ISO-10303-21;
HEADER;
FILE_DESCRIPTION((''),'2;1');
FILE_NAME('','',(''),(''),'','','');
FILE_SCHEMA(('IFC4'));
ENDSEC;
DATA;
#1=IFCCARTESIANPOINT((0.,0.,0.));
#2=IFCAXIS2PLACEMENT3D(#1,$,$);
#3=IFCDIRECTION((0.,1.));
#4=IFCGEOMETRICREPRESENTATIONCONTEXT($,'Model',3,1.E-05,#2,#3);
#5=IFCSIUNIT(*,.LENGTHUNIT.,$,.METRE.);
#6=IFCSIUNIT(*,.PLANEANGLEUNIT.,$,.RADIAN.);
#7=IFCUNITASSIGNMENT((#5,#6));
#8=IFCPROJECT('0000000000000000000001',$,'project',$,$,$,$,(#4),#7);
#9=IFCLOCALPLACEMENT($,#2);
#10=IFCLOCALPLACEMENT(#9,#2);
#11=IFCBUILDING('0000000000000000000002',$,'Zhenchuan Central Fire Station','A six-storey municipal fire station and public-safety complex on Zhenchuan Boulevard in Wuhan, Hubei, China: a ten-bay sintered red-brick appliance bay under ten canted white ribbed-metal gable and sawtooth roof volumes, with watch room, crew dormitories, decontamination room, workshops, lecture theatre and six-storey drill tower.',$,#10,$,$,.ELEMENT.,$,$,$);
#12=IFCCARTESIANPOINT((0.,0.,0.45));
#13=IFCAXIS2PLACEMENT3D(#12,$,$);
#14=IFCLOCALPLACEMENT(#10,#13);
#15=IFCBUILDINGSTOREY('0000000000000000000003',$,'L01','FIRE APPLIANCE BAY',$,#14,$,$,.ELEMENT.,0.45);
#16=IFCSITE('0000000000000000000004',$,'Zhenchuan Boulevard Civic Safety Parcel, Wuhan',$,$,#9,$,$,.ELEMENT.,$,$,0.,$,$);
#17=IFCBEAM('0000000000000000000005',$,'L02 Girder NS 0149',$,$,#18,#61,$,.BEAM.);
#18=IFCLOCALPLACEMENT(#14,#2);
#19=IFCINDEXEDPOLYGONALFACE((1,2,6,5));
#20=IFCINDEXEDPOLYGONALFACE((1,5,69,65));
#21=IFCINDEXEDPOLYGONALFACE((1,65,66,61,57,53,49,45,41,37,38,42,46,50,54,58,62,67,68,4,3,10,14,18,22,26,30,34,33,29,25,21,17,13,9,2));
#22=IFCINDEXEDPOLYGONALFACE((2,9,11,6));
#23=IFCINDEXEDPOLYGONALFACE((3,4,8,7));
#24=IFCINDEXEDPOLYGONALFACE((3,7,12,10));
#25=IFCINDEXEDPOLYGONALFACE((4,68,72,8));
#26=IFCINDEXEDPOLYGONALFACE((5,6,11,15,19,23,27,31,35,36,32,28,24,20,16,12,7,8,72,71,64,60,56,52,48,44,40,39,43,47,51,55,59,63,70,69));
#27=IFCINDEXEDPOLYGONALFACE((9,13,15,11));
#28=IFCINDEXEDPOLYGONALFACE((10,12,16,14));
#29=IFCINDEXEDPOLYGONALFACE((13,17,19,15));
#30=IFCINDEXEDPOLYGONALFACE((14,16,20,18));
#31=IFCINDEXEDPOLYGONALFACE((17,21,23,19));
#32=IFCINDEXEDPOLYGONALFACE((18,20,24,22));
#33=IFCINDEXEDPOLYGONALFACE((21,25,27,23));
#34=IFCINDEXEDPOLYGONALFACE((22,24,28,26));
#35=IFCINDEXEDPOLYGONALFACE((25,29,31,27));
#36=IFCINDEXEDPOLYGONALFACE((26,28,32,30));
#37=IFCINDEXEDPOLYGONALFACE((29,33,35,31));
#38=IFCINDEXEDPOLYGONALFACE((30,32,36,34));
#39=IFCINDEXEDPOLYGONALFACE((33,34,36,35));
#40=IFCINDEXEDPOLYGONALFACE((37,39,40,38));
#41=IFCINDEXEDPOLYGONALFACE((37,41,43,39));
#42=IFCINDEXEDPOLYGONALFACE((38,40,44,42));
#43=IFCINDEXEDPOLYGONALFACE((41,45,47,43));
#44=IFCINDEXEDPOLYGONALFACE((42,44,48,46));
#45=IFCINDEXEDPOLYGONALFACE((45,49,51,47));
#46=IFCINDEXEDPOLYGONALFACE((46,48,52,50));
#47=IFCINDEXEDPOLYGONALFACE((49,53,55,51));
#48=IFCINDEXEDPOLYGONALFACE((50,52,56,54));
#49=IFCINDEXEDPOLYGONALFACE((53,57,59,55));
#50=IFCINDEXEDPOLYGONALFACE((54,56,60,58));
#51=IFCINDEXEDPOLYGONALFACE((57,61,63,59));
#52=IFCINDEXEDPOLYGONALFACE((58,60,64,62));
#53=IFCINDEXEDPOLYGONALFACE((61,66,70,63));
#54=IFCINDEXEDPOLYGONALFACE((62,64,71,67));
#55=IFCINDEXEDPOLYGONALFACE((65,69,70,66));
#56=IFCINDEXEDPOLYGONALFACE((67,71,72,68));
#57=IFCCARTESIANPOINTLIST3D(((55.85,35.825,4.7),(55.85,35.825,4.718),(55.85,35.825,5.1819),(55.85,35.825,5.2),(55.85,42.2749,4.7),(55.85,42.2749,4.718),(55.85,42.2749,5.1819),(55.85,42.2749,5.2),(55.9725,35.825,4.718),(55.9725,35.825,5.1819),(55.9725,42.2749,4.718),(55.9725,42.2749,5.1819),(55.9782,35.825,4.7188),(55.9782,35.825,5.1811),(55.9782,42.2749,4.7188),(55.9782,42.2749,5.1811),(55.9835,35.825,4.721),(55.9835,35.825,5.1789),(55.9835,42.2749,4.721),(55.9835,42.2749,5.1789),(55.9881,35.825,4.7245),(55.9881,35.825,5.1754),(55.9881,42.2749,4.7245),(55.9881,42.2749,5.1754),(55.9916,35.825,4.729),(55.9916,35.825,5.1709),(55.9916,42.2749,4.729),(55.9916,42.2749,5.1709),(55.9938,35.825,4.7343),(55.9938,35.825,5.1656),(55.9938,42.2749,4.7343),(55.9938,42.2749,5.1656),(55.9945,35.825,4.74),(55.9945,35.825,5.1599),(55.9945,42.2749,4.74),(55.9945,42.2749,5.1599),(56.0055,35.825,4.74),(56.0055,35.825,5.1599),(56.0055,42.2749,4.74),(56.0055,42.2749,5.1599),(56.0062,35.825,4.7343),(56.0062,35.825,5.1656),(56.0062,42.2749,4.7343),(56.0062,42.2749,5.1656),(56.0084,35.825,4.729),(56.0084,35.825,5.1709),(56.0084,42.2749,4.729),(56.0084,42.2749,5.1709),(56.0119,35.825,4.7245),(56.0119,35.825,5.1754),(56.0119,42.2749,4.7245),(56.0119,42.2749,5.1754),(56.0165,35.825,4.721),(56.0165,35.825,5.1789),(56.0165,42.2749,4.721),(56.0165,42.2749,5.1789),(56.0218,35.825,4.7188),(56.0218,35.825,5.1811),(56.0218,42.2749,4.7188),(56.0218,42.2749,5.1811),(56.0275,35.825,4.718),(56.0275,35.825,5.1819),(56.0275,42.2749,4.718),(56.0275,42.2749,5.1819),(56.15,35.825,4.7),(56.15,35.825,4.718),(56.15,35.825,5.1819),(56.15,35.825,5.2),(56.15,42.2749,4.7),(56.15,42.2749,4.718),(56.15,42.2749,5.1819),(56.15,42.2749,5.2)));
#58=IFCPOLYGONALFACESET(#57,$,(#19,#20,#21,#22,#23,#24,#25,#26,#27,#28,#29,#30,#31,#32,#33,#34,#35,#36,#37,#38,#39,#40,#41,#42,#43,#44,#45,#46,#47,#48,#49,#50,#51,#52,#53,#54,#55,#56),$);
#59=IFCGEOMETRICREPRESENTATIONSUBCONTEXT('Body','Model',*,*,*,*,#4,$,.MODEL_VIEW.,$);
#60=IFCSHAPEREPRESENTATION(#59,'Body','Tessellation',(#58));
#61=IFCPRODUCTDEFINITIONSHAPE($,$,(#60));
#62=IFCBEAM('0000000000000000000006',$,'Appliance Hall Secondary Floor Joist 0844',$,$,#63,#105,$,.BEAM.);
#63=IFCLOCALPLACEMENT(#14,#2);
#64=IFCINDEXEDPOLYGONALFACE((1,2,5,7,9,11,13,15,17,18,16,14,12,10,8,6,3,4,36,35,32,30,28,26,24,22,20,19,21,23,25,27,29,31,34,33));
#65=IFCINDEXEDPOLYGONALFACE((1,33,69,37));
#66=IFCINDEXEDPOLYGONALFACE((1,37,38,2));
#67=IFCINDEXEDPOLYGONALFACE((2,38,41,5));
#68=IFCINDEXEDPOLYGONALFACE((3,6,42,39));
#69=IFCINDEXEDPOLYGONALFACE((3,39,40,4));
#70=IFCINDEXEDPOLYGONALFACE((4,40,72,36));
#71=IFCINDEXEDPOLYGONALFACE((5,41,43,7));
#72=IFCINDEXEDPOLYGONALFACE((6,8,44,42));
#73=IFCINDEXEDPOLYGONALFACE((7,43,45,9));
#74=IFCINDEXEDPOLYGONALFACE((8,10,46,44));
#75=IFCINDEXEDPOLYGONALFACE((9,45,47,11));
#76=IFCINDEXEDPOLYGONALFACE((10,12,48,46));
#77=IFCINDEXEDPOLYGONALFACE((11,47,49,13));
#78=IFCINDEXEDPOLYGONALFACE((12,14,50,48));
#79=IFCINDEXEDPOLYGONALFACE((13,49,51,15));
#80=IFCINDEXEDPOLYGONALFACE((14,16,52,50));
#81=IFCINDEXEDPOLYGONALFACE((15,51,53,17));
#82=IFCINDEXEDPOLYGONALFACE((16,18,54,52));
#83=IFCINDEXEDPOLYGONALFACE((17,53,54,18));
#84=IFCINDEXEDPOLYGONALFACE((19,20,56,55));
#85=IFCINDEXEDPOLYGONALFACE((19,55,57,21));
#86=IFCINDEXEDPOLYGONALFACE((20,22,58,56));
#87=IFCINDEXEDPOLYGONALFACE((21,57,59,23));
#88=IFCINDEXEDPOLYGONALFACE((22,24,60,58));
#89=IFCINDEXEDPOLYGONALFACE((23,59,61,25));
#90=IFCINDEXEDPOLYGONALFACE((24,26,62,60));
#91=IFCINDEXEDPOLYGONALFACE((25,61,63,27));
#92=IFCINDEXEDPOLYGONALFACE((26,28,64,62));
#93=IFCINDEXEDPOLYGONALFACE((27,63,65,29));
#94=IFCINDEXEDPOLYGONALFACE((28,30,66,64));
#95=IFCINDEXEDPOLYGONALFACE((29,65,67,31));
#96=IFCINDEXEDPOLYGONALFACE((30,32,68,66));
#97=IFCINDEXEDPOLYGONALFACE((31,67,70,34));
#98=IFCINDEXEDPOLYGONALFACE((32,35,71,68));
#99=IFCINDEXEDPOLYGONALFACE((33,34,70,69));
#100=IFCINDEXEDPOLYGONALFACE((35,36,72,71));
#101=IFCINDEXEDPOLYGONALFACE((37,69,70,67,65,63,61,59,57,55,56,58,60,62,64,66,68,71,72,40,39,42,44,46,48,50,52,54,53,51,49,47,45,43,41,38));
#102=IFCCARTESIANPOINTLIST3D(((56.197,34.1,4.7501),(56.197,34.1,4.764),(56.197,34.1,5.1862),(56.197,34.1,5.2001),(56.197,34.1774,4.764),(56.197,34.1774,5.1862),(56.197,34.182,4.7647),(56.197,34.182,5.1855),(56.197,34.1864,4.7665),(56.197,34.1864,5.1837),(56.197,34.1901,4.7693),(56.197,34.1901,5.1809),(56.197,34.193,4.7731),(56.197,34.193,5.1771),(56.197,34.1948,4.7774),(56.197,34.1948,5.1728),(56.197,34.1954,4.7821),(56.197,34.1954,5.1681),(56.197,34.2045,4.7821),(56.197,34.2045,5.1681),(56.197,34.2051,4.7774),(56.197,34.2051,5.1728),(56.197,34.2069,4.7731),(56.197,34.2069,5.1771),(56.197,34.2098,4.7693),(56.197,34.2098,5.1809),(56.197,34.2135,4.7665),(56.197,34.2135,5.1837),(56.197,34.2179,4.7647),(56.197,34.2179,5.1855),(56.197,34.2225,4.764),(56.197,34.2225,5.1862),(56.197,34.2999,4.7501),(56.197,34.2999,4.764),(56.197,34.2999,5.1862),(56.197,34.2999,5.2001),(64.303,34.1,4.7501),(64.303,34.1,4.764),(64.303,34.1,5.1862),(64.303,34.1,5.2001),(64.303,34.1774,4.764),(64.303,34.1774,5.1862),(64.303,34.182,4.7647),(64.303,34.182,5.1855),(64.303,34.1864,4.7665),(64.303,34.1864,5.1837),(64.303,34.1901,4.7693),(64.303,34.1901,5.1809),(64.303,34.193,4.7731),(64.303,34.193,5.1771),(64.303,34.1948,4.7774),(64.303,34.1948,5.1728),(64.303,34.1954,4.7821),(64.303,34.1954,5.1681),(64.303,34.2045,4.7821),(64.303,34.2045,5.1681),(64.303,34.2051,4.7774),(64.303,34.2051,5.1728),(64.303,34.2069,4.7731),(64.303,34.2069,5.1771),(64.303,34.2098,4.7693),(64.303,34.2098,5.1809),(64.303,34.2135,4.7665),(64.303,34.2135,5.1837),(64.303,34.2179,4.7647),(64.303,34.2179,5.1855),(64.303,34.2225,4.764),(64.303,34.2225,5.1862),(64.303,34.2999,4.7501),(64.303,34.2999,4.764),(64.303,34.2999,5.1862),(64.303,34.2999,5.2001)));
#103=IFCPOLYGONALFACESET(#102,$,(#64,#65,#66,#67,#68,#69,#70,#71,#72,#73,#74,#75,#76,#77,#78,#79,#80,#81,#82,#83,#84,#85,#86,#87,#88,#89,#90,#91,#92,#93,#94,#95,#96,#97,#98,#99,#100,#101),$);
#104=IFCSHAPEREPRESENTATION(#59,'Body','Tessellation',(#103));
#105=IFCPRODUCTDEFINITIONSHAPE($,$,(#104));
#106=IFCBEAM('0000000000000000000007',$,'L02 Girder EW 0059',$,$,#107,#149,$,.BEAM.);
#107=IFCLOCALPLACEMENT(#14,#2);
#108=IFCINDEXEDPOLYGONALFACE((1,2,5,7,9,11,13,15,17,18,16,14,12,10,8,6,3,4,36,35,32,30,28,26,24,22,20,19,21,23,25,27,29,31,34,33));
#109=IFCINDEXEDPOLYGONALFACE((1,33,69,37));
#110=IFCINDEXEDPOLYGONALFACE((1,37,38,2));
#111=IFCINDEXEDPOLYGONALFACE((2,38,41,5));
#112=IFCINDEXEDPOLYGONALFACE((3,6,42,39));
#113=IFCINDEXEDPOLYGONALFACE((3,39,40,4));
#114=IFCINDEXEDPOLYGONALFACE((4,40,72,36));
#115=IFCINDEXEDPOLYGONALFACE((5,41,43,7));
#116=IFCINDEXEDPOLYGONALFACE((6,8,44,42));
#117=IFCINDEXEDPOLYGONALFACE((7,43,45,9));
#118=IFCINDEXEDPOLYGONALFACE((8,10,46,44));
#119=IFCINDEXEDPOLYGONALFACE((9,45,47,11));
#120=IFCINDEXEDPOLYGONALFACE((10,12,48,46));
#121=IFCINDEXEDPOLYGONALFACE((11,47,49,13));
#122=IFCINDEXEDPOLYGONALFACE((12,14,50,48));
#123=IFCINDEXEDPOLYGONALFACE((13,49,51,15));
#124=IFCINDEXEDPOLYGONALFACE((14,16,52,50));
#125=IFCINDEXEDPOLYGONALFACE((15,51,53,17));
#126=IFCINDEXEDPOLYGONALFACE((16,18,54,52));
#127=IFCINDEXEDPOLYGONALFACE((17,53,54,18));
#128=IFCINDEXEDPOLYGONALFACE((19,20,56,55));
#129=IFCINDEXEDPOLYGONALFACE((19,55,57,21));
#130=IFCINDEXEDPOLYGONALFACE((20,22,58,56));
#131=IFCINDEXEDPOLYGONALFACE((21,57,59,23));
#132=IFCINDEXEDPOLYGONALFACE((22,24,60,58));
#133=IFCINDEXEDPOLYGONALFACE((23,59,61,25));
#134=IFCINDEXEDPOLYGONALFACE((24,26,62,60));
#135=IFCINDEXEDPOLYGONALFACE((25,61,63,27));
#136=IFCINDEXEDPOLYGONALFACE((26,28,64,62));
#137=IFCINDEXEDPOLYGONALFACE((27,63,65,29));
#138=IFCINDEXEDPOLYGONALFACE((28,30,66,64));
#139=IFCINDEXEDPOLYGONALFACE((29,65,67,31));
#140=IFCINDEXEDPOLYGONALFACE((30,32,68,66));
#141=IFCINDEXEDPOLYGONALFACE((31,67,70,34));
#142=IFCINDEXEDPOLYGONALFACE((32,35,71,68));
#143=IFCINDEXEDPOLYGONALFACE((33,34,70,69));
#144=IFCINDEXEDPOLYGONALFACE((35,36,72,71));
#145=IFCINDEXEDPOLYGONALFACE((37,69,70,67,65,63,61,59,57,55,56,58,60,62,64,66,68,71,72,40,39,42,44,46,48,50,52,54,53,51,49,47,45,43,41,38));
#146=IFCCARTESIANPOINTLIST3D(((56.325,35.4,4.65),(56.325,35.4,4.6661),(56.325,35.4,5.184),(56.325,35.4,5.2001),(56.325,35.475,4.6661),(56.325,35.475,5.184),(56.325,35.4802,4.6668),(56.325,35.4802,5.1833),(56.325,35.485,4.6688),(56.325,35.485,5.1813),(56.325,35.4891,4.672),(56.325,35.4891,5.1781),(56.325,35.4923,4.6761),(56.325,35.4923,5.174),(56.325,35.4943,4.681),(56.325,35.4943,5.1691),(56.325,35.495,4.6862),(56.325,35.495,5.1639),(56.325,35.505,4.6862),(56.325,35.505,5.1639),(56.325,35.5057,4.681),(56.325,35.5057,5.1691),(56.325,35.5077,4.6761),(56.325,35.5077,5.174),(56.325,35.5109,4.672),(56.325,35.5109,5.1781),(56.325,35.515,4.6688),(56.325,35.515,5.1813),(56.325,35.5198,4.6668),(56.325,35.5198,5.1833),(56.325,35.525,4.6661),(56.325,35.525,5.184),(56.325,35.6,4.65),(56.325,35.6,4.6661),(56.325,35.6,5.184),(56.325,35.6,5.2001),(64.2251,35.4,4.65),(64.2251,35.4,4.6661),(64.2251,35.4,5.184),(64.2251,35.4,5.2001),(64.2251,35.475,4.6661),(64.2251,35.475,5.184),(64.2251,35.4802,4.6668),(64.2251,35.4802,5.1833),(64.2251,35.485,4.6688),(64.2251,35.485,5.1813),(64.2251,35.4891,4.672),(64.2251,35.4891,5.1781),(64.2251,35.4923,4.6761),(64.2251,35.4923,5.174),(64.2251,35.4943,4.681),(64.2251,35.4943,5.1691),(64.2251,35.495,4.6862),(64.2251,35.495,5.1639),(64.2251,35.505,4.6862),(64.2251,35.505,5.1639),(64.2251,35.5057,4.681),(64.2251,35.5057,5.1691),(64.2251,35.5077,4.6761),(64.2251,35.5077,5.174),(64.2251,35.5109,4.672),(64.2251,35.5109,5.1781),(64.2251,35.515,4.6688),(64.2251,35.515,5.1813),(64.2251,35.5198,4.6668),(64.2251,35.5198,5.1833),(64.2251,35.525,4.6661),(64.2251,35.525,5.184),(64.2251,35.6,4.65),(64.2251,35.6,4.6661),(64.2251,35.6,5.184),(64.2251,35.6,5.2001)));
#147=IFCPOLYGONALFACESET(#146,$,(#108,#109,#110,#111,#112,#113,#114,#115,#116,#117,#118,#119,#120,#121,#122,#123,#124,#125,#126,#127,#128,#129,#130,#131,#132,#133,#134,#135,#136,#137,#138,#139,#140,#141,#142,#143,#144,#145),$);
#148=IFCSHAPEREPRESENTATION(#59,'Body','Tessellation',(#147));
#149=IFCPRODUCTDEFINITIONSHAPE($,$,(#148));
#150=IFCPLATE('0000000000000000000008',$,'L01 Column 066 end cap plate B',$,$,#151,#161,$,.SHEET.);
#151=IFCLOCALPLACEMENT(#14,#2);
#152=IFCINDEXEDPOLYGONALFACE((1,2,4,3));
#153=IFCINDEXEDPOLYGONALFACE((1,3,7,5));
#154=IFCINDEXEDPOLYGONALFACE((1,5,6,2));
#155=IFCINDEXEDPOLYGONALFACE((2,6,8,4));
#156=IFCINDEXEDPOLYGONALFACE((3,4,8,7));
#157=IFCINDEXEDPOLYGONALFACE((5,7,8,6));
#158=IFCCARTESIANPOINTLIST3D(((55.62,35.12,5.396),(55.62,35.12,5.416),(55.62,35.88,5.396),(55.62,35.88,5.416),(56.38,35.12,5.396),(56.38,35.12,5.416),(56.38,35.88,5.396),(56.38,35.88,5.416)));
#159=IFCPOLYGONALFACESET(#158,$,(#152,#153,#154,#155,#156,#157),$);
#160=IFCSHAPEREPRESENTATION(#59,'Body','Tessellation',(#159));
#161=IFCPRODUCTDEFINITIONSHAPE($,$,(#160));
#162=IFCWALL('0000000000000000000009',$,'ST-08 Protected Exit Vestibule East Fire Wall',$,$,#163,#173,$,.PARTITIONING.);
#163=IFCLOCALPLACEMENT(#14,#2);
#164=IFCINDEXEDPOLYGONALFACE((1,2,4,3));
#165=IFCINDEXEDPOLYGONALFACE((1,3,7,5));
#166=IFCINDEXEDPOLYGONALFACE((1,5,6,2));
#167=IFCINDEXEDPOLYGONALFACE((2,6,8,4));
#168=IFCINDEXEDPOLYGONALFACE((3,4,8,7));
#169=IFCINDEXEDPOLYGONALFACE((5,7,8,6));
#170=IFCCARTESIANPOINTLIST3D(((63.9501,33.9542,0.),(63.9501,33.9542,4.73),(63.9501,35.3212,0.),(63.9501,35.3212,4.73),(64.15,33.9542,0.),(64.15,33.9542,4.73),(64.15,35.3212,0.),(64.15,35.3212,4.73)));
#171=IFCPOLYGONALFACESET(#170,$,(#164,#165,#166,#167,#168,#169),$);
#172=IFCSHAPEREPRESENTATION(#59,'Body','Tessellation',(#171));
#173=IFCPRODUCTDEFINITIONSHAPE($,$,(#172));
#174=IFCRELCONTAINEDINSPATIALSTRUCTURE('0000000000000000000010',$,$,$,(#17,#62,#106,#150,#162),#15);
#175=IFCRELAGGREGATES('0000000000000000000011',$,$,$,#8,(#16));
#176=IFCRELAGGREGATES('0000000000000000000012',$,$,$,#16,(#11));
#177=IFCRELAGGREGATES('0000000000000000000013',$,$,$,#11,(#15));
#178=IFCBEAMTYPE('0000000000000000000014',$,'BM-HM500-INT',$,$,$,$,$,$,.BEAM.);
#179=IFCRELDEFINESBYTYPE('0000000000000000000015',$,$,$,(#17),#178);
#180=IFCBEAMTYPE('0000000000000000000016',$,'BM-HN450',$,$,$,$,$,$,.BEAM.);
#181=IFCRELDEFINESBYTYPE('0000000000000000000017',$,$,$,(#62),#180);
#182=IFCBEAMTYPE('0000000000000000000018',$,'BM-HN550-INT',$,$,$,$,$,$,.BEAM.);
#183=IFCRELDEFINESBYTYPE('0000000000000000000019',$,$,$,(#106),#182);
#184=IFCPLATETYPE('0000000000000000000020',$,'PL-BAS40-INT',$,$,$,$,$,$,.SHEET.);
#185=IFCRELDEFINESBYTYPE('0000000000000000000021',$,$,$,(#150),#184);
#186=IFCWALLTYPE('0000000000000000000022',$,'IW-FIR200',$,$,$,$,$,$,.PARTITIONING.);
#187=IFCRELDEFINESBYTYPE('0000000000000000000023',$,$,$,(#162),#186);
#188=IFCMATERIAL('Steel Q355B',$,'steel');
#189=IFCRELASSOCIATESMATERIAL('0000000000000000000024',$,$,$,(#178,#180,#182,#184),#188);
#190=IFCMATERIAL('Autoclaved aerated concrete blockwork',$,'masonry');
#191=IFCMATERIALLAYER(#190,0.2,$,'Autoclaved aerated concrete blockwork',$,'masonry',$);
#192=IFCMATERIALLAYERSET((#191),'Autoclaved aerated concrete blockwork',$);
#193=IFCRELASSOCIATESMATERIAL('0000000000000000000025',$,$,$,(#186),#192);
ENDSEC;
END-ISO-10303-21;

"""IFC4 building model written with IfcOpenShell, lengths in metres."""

from ifc_helpers import new_model, si_unit, direction, frame, frame_2d, origin, origin_2d, place, context, subcontext, project, spatial, rectangle, i_section, extrude, material, layer, layer_set, material_profile, profile_set, type_object, element, save


model = new_model("IFC4")

# Units and contexts
model_context = context("Model", 3, precision=1e-05, world=origin(), true_north=direction((0.0, 1.0)))
body_context = subcontext(model_context, "Body", "Model", "MODEL_VIEW")
ifc_project = project(units=[si_unit("LENGTHUNIT", "METRE"), si_unit("PLANEANGLEUNIT", "RADIAN")], contexts=[model_context])

# Site, building, storey
site_placement = place(None, origin())
site = spatial("IfcSite", under=ifc_project, at=site_placement, Name="Zhenchuan Boulevard Civic Safety Parcel, Wuhan", CompositionType="ELEMENT", RefElevation=0.0)
building_placement = place(site_placement, origin())
building = spatial("IfcBuilding", under=site, at=building_placement, Name="Zhenchuan Central Fire Station", Description="A six-storey municipal fire station and public-safety complex on Zhenchuan Boulevard in Wuhan, Hubei, China: a ten-bay sintered red-brick appliance bay under ten canted white ribbed-metal gable and sawtooth roof volumes, with watch room, crew dormitories, decontamination room, workshops, lecture theatre and six-storey drill tower.", CompositionType="ELEMENT")
storey_placement = place(building_placement, frame((0.0, 0.0, 0.45)))
storey = spatial("IfcBuildingStorey", under=building, at=storey_placement, Name="L01", Description="FIRE APPLIANCE BAY", CompositionType="ELEMENT", Elevation=0.45)

# Shared definitions
ifc_material_1 = material(Name="Steel Q355B", Category="steel")

# Beams
ifc_material_profile_1 = material_profile(ifc_material_1, i_section(OverallWidth=0.3, OverallDepth=0.5, WebThickness=0.011, FlangeThickness=0.0181, FilletRadius=0.022, at=origin_2d()), Name="HM 500x300")
ifc_profile_set_1 = profile_set([ifc_material_profile_1], Name="Steel Q355B")
beam_type_1 = type_object("IfcBeamType", Name="BM-HM500-INT", PredefinedType="BEAM", material=ifc_profile_set_1)
beam_1_placement = place(storey_placement, frame((56.0, 35.825, 4.95), z_axis=(0.0, 1.0, 0.0), x_axis=(-1.0, 0.0, 0.0)))
element("IfcBeam", 1, at=beam_1_placement, inside=storey, type_object=beam_type_1, Name="L02 Girder NS 0149", PredefinedType="BEAM", context=body_context, shape_type="SweptSolid", body=[
    extrude(i_section(OverallWidth=0.3, OverallDepth=0.5, WebThickness=0.011, FlangeThickness=0.0181, FilletRadius=0.022, at=origin_2d()), origin(), (0.0, 0.0, 1.0), 6.45),
])
ifc_material_profile_2 = material_profile(ifc_material_1, i_section(OverallWidth=0.2, OverallDepth=0.45, WebThickness=0.009, FlangeThickness=0.0139, FilletRadius=0.0181, at=origin_2d()), Name="HN 450x200")
ifc_profile_set_2 = profile_set([ifc_material_profile_2], Name="Steel Q355B")
beam_type_2 = type_object("IfcBeamType", Name="BM-HN450", PredefinedType="BEAM", material=ifc_profile_set_2)
beam_2_placement = place(storey_placement, frame((56.197, 34.2, 4.9751), z_axis=(1.0, 0.0, 0.0), x_axis=(0.0, 1.0, 0.0)))
element("IfcBeam", 2, at=beam_2_placement, inside=storey, type_object=beam_type_2, Name="Appliance Hall Secondary Floor Joist 0844", PredefinedType="BEAM", context=body_context, shape_type="SweptSolid", body=[
    extrude(i_section(OverallWidth=0.2, OverallDepth=0.45, WebThickness=0.009, FlangeThickness=0.0139, FilletRadius=0.0181, at=origin_2d()), origin(), (0.0, 0.0, 1.0), 8.106),
])
ifc_material_profile_3 = material_profile(ifc_material_1, i_section(OverallWidth=0.2, OverallDepth=0.55, WebThickness=0.01, FlangeThickness=0.0161, FilletRadius=0.02, at=origin_2d()), Name="HN 550x200")
ifc_profile_set_3 = profile_set([ifc_material_profile_3], Name="Steel Q355B")
beam_type_3 = type_object("IfcBeamType", Name="BM-HN550-INT", PredefinedType="BEAM", material=ifc_profile_set_3)
beam_3_placement = place(storey_placement, frame((56.325, 35.5, 4.925), z_axis=(1.0, 0.0, 0.0), x_axis=(0.0, 1.0, 0.0)))
element("IfcBeam", 3, at=beam_3_placement, inside=storey, type_object=beam_type_3, Name="L02 Girder EW 0059", PredefinedType="BEAM", context=body_context, shape_type="SweptSolid", body=[
    extrude(i_section(OverallWidth=0.2, OverallDepth=0.55, WebThickness=0.01, FlangeThickness=0.0161, FilletRadius=0.02, at=origin_2d()), origin(), (0.0, 0.0, 1.0), 7.9001),
])

# Plate
ifc_material_profile_4 = material_profile(ifc_material_1, rectangle(XDim=0.76, YDim=0.76, at=origin_2d()), Name="PL 760x760x40")
ifc_profile_set_4 = profile_set([ifc_material_profile_4], Name="Steel Q355B")
plate_type = type_object("IfcPlateType", Name="PL-BAS40-INT", PredefinedType="SHEET", material=ifc_profile_set_4)
plate_placement = place(storey_placement, frame((56.0, 35.5, 5.396), z_axis=(0.0, 0.0, 1.0), x_axis=(1.0, 0.0, 0.0)))
element("IfcPlate", 4, at=plate_placement, inside=storey, type_object=plate_type, Name="L01 Column 066 end cap plate B", PredefinedType="SHEET", context=body_context, shape_type="SweptSolid", body=[
    extrude(rectangle(XDim=0.76, YDim=0.76, at=origin_2d()), origin(), (0.0, 0.0, 1.0), 0.02),
])

# Wall
ifc_material_2 = material(Name="Autoclaved aerated concrete blockwork", Category="masonry")
ifc_layer_1 = layer(ifc_material_2, 0.2, Name="Autoclaved aerated concrete blockwork", Category="masonry")
ifc_layer_set_1 = layer_set([ifc_layer_1], Name="Autoclaved aerated concrete blockwork")
wall_type_1 = type_object("IfcWallType", Name="IW-FIR200", PredefinedType="PARTITIONING", material=ifc_layer_set_1)
wall_1_placement = place(storey_placement, frame((64.05, 33.9541, 0.0), z_axis=(0.0, 0.0, 1.0), x_axis=(0.0, 1.0, 0.0)))
element("IfcWall", 5, at=wall_1_placement, inside=storey, type_object=wall_type_1, Name="ST-08 Protected Exit Vestibule East Fire Wall", PredefinedType="PARTITIONING", context=body_context, shape_type="SweptSolid", body=[
    extrude(rectangle(XDim=1.3669, YDim=0.2, at=frame_2d((0.6836, 0.0))), origin(), (0.0, 0.0, 1.0), 4.73),
])

save(model, "model.ifc")
